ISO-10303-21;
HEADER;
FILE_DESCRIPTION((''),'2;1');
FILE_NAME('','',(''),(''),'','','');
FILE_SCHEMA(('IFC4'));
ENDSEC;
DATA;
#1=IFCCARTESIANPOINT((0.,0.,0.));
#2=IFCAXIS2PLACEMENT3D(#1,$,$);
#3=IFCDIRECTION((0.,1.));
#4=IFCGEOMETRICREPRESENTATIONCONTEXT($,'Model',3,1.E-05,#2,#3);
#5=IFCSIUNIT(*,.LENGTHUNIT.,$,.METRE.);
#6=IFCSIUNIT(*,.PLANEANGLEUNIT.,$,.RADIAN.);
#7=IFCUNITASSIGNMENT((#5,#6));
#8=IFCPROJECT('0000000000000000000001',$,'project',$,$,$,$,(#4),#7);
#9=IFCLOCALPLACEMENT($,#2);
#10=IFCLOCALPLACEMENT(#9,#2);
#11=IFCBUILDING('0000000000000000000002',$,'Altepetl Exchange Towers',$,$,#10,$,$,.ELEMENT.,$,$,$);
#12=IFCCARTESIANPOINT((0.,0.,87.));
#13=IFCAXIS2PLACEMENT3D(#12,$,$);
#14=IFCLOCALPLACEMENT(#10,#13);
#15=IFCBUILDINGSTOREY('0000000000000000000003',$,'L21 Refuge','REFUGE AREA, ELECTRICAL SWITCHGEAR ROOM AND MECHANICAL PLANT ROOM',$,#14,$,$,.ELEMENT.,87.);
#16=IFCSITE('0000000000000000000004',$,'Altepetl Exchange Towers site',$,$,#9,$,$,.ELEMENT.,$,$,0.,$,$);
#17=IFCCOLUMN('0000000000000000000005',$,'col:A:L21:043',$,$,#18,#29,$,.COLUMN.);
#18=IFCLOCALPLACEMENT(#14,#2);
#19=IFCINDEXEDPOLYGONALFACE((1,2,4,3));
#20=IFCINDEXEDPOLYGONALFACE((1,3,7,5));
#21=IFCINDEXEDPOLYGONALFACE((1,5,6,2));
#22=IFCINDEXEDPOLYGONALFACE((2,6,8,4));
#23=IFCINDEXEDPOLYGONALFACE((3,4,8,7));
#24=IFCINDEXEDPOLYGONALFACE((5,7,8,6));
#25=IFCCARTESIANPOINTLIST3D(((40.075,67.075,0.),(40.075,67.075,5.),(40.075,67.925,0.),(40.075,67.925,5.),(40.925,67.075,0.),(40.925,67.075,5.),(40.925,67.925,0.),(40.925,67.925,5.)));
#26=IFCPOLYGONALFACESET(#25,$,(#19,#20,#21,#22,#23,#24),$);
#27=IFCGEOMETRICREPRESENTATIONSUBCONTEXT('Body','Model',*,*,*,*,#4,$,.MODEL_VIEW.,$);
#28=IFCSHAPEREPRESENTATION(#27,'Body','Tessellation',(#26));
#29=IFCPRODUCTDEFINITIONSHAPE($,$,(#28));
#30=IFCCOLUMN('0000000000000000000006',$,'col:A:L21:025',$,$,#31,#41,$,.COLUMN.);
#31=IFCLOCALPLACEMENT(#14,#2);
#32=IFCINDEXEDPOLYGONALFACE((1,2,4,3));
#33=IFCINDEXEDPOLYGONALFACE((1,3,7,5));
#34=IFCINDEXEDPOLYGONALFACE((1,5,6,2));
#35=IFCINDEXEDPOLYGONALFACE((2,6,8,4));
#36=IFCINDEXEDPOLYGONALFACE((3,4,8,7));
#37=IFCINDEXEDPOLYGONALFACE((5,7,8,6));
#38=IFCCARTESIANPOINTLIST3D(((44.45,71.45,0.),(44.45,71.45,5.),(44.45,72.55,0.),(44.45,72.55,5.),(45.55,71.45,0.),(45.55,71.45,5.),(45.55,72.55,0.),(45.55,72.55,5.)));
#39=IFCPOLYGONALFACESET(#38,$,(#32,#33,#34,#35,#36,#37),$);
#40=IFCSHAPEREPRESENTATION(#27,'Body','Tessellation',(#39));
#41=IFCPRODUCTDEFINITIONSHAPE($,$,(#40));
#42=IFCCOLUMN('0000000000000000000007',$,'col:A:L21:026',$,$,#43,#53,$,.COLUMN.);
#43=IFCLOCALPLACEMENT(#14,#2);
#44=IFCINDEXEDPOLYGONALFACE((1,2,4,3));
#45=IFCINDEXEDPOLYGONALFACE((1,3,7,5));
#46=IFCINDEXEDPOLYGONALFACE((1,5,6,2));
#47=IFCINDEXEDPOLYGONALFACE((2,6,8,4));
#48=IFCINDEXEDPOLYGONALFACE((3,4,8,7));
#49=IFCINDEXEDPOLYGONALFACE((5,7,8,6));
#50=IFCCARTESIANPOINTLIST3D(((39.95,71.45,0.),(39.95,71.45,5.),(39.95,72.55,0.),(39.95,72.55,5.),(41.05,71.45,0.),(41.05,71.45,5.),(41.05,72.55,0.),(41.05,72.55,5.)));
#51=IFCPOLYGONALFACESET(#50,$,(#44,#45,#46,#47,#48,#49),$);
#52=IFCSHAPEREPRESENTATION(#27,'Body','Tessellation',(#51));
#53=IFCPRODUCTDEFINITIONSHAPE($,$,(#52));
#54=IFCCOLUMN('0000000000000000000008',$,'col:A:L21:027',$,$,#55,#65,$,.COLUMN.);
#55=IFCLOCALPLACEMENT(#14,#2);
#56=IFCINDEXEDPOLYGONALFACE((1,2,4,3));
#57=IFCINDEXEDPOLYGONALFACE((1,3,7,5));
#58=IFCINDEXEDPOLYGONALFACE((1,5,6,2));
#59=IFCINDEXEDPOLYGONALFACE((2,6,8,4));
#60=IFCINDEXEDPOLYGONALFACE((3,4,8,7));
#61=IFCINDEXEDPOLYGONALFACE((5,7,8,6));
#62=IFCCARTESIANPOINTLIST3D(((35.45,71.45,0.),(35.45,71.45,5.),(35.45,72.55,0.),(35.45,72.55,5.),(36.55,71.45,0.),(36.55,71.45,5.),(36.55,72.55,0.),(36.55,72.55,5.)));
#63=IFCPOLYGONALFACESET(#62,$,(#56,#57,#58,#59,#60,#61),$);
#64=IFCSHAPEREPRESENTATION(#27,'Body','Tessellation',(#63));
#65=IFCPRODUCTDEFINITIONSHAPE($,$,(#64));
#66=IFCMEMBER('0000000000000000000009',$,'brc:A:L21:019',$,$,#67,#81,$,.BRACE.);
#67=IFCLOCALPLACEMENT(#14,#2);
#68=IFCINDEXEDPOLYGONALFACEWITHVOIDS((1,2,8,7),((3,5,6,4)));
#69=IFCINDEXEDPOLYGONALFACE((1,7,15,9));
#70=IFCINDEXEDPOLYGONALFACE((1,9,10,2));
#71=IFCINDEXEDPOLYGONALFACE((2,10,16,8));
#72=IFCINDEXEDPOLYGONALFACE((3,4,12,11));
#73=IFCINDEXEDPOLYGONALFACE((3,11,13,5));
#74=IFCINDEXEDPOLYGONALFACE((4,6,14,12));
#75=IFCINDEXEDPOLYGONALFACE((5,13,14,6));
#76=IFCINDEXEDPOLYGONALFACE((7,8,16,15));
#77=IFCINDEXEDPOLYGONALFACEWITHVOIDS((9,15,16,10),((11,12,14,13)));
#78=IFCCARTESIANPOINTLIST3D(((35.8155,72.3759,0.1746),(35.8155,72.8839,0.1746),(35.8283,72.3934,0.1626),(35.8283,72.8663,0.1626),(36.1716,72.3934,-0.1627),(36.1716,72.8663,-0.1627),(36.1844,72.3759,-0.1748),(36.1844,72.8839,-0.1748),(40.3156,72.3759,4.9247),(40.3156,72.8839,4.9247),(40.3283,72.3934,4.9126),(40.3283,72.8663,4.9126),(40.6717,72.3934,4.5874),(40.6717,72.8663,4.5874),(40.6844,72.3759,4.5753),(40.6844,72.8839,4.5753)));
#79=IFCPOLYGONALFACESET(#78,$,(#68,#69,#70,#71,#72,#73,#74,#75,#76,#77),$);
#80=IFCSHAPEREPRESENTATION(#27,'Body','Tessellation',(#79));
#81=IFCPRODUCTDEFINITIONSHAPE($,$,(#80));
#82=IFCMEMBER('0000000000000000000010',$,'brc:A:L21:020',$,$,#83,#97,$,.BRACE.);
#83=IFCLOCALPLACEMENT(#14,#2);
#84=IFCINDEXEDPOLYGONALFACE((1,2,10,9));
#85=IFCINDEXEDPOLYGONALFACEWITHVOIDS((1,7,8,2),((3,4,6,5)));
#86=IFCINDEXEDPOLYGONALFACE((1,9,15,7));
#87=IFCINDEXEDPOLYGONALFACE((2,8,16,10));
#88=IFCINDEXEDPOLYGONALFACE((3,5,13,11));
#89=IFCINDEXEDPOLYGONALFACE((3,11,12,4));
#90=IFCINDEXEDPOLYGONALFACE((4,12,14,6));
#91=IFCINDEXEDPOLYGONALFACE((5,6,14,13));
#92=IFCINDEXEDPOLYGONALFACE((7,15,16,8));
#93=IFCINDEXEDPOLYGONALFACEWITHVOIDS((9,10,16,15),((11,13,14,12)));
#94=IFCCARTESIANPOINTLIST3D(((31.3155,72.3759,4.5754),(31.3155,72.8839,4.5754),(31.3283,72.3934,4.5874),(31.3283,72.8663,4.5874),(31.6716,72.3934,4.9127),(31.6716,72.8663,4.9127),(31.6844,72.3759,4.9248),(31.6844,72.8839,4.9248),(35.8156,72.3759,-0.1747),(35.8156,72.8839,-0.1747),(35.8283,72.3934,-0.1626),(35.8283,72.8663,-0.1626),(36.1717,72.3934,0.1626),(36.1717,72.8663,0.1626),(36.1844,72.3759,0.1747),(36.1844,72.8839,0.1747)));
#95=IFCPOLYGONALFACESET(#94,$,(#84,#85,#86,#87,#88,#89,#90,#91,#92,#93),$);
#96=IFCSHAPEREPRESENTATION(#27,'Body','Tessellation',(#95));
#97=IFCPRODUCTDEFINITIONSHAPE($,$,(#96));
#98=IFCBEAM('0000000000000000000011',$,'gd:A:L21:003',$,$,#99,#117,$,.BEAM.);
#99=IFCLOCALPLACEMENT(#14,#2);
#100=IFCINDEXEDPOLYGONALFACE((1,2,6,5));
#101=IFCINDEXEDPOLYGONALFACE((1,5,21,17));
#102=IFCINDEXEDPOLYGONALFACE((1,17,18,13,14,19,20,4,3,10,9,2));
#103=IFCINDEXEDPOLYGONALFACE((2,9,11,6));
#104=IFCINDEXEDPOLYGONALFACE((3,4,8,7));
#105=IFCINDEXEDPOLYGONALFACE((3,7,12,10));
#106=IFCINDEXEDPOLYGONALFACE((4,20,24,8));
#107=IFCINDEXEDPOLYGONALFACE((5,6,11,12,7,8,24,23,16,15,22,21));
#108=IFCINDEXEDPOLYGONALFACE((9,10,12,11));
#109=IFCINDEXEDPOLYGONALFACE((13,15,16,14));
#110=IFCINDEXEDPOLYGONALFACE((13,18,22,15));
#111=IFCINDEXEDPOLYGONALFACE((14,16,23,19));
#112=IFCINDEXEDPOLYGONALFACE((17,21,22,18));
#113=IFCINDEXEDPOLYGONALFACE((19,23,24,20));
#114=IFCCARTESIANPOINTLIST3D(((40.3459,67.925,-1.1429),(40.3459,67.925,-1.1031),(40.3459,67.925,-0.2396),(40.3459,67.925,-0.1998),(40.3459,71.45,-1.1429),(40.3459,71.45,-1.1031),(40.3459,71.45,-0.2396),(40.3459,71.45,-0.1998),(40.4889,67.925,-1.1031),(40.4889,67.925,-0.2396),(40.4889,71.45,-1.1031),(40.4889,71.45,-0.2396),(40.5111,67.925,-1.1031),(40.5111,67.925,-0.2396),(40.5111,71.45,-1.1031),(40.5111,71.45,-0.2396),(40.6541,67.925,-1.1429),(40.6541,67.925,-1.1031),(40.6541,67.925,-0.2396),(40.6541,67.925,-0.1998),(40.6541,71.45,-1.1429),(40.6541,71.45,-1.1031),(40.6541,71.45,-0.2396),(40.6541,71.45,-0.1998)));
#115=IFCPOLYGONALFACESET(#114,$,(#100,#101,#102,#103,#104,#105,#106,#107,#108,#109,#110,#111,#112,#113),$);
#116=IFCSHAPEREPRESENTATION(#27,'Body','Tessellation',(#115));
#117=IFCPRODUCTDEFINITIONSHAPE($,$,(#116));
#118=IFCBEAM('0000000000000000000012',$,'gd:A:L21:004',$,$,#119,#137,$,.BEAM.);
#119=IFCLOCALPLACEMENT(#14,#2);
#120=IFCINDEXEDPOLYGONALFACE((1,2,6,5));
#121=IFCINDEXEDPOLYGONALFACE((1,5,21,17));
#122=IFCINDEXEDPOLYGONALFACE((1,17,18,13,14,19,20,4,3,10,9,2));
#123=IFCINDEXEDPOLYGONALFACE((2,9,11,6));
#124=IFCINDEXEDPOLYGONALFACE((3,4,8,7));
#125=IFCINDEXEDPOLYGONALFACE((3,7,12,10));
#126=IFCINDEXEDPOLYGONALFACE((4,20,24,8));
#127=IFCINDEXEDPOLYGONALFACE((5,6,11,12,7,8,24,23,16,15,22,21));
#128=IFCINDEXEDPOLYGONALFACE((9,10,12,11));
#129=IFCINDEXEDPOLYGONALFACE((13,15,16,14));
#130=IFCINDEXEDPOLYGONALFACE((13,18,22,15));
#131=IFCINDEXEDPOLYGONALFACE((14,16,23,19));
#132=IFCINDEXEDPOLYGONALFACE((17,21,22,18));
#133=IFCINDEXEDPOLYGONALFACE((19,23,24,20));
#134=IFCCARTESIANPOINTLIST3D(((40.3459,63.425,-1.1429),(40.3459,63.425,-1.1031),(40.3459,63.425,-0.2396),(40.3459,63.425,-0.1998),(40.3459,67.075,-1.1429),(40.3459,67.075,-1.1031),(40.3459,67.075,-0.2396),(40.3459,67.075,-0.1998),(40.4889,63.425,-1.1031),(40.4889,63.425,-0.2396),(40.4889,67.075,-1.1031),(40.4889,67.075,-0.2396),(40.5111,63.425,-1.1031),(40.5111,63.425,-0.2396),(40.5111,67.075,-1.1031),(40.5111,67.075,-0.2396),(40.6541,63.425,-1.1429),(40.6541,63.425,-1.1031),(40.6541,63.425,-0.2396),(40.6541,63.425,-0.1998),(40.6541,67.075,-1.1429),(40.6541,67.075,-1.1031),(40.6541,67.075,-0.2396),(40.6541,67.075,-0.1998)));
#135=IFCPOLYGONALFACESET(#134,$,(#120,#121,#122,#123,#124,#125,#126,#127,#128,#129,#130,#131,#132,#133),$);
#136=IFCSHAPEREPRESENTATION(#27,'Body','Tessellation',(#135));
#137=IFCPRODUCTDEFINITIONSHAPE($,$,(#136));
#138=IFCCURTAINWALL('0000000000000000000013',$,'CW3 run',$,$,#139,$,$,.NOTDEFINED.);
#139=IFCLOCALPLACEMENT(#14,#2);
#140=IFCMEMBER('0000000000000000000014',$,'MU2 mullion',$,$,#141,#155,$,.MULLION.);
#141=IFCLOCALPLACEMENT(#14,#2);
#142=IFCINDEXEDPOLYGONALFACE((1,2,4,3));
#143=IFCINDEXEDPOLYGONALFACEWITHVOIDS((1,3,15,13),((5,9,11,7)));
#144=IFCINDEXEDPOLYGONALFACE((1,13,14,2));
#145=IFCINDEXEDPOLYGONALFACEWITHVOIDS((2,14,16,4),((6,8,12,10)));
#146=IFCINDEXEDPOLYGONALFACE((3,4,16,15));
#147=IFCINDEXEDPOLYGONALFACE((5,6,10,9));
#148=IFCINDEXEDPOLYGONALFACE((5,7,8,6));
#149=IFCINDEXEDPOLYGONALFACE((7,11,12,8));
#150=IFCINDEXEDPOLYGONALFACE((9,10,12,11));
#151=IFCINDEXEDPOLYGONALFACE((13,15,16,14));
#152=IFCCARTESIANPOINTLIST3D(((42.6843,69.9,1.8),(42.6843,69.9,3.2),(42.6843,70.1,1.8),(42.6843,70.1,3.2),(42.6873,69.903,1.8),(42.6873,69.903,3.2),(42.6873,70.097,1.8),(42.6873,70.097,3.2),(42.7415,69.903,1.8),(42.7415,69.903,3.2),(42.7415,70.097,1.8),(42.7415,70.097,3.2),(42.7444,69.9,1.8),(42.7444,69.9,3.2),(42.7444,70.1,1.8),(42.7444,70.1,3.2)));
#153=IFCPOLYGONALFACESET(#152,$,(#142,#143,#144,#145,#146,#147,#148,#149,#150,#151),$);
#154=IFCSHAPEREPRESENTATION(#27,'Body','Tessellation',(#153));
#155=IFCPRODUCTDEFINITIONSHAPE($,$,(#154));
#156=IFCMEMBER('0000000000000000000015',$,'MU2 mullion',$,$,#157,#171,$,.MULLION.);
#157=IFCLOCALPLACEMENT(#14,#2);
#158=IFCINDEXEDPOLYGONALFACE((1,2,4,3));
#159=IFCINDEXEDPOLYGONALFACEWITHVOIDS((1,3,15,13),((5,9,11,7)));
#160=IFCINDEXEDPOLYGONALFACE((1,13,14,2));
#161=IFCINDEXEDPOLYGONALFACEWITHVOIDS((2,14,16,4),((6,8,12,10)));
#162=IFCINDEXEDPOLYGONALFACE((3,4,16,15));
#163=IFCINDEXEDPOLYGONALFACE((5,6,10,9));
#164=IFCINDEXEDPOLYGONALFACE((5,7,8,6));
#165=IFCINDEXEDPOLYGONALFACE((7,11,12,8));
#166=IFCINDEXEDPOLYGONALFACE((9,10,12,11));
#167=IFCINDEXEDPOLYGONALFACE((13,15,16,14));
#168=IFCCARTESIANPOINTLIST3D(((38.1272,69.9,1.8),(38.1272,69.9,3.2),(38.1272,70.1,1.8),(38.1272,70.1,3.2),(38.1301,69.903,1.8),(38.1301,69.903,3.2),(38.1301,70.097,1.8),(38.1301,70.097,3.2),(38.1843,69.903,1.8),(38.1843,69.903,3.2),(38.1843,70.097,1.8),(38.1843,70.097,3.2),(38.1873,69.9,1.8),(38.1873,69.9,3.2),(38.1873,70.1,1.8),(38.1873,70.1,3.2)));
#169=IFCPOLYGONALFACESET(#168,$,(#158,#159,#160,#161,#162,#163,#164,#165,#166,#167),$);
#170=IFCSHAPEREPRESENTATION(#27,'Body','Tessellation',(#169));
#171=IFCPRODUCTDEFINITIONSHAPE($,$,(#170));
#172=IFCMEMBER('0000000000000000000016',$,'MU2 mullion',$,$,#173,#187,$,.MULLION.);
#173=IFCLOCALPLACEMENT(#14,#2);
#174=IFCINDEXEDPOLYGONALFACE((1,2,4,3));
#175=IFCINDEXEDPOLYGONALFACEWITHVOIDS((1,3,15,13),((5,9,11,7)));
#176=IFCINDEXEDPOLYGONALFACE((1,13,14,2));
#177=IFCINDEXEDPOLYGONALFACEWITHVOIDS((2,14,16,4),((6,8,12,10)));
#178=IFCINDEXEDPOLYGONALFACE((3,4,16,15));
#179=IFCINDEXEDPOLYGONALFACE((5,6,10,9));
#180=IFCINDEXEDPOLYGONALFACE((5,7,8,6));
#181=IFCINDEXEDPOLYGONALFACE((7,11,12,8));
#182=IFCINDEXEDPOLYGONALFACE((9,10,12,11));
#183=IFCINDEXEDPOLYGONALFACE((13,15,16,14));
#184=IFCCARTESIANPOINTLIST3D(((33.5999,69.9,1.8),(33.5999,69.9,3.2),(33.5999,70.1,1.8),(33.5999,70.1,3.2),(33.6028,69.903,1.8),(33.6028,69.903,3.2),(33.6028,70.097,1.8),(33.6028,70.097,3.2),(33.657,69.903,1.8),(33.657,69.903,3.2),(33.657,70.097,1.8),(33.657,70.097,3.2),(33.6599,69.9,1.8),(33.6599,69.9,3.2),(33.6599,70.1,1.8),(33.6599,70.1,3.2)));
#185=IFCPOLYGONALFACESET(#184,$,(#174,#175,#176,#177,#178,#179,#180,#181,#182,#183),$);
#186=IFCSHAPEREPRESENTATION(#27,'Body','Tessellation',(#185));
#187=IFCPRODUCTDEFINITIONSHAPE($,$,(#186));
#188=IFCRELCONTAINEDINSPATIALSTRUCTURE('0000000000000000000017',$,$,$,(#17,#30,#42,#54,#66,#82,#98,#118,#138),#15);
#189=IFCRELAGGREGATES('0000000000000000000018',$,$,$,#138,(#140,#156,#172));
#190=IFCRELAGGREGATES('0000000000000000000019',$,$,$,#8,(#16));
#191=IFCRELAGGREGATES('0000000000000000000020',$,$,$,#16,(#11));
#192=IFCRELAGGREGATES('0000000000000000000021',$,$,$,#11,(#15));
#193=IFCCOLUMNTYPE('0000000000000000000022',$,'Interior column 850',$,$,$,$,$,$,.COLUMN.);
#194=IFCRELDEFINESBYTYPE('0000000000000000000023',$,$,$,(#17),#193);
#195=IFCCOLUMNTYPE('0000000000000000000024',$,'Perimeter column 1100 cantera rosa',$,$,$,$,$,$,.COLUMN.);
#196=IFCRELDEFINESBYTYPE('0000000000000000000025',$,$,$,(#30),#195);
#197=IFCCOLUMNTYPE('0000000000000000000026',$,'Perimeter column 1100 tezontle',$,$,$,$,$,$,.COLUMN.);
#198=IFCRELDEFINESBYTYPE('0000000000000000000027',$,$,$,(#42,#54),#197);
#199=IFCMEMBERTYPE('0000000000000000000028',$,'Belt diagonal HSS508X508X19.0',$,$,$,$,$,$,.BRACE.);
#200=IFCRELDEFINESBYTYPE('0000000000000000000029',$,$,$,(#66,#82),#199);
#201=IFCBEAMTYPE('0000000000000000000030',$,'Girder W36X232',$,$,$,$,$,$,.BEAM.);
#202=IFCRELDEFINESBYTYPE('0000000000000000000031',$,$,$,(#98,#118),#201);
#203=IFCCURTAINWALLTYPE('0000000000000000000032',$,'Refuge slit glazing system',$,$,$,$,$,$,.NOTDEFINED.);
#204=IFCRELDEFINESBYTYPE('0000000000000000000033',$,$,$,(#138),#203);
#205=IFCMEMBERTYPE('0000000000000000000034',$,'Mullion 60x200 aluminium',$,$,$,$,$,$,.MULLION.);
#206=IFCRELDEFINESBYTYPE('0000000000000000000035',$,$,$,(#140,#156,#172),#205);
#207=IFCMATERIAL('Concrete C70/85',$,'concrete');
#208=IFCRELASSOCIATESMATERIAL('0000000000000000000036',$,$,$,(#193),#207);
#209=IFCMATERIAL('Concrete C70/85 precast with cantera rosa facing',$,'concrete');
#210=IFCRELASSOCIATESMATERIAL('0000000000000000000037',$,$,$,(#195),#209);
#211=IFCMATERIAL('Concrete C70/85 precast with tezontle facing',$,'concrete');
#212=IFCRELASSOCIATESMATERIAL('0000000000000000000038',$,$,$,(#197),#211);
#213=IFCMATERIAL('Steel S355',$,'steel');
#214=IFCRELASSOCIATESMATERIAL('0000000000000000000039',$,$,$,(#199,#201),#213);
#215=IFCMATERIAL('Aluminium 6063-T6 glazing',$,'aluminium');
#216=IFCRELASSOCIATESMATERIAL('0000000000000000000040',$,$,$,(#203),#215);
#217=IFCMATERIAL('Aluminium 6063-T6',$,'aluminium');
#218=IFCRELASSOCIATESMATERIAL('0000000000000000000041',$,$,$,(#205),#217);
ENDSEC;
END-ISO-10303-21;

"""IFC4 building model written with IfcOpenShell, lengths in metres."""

from ifc_helpers import new_model, si_unit, direction, frame, origin, origin_2d, place, context, subcontext, project, spatial, rectangle, hollow_rectangle, i_section, extrude, material, material_profile, profile_set, type_object, element, aggregate, save


model = new_model("IFC4")

# Units and contexts
model_context = context("Model", 3, precision=1e-05, world=origin(), true_north=direction((0.0, 1.0)))
body_context = subcontext(model_context, "Body", "Model", "MODEL_VIEW")
ifc_project = project(units=[si_unit("LENGTHUNIT", "METRE"), si_unit("PLANEANGLEUNIT", "RADIAN")], contexts=[model_context])

# Site, building, storey
site_placement = place(None, origin())
site = spatial("IfcSite", under=ifc_project, at=site_placement, Name="Altepetl Exchange Towers site", CompositionType="ELEMENT", RefElevation=0.0)
building_placement = place(site_placement, origin())
building = spatial("IfcBuilding", under=site, at=building_placement, Name="Altepetl Exchange Towers", CompositionType="ELEMENT")
storey_placement = place(building_placement, frame((0.0, 0.0, 87.0)))
storey = spatial("IfcBuildingStorey", under=building, at=storey_placement, Name="L21 Refuge", Description="REFUGE AREA, ELECTRICAL SWITCHGEAR ROOM AND MECHANICAL PLANT ROOM", CompositionType="ELEMENT", Elevation=87.0)

# Columns
ifc_material_1 = material(Name="Concrete C70/85", Category="concrete")
ifc_material_profile_1 = material_profile(ifc_material_1, rectangle(XDim=0.8501, YDim=0.8501, at=origin_2d()), Name="850 x 850")
ifc_profile_set_1 = profile_set([ifc_material_profile_1], Name="Concrete C70/85")
column_type_1 = type_object("IfcColumnType", Name="Interior column 850", PredefinedType="COLUMN", material=ifc_profile_set_1)
column_1_placement = place(storey_placement, frame((40.5, 67.5, 0.0)))
element("IfcColumn", 1, at=column_1_placement, inside=storey, type_object=column_type_1, Name="col:A:L21:043", PredefinedType="COLUMN", context=body_context, shape_type="SweptSolid", body=[
    extrude(rectangle(XDim=0.8501, YDim=0.8501, at=origin_2d()), origin(), (0.0, 0.0, 1.0), 5.0),
])
ifc_material_2 = material(Name="Concrete C70/85 precast with cantera rosa facing", Category="concrete")
ifc_material_profile_2 = material_profile(ifc_material_2, rectangle(XDim=1.1001, YDim=1.1001, at=origin_2d()), Name="1100 x 1100")
ifc_profile_set_2 = profile_set([ifc_material_profile_2], Name="Concrete C70/85 precast with cantera rosa facing")
column_type_2 = type_object("IfcColumnType", Name="Perimeter column 1100 cantera rosa", PredefinedType="COLUMN", material=ifc_profile_set_2)
column_2_placement = place(storey_placement, frame((45.0, 72.0, 0.0)))
element("IfcColumn", 2, at=column_2_placement, inside=storey, type_object=column_type_2, Name="col:A:L21:025", PredefinedType="COLUMN", context=body_context, shape_type="SweptSolid", body=[
    extrude(rectangle(XDim=1.1001, YDim=1.1001, at=origin_2d()), origin(), (0.0, 0.0, 1.0), 5.0),
])
ifc_material_3 = material(Name="Concrete C70/85 precast with tezontle facing", Category="concrete")
ifc_material_profile_3 = material_profile(ifc_material_3, rectangle(XDim=1.1001, YDim=1.1001, at=origin_2d()), Name="1100 x 1100")
ifc_profile_set_3 = profile_set([ifc_material_profile_3], Name="Concrete C70/85 precast with tezontle facing")
column_type_3 = type_object("IfcColumnType", Name="Perimeter column 1100 tezontle", PredefinedType="COLUMN", material=ifc_profile_set_3)
for number, where, name in (
    (3, (40.5, 72.0, 0.0), "col:A:L21:026"),
    (4, (36.0, 72.0, 0.0), "col:A:L21:027"),
):
    element("IfcColumn", number, at=place(storey_placement, frame(where)), inside=storey, type_object=column_type_3, Name=name, PredefinedType="COLUMN", context=body_context, shape_type="SweptSolid", body=[
        extrude(rectangle(XDim=1.1001, YDim=1.1001, at=origin_2d()), origin(), (0.0, 0.0, 1.0), 5.0),
    ])

# Members
ifc_material_4 = material(Name="Steel S355", Category="steel")
ifc_material_profile_4 = material_profile(ifc_material_4, hollow_rectangle(XDim=0.5081, YDim=0.5081, WallThickness=0.0176, at=origin_2d()), Name="HSS508X508X19.0")
ifc_profile_set_4 = profile_set([ifc_material_profile_4], Name="Steel S355")
member_type_1 = type_object("IfcMemberType", Name="Belt diagonal HSS508X508X19.0", PredefinedType="BRACE", material=ifc_profile_set_4)
for number, where, z_axis, x_axis, name in (
    (5, (40.5, 72.6299, 4.75), (-0.687745, 0.0, -0.725953), (0.0, -1.0, 0.0), "brc:A:L21:019"),
    (6, (36.0, 72.6299, 0.0), (-0.687745, 0.0, 0.725953), (0.0, -1.0, 0.0), "brc:A:L21:020"),
):
    element("IfcMember", number, at=place(storey_placement, frame(where, z_axis=z_axis, x_axis=x_axis)), inside=storey, type_object=member_type_1, Name=name, PredefinedType="BRACE", context=body_context, shape_type="SweptSolid", body=[
        extrude(hollow_rectangle(XDim=0.5081, YDim=0.5081, WallThickness=0.0176, at=origin_2d()), origin(), (0.0, 0.0, 1.0), 6.5432),
    ])

# Beams
ifc_material_profile_5 = material_profile(ifc_material_4, i_section(OverallWidth=0.3081, OverallDepth=0.9431, WebThickness=0.0222, FlangeThickness=0.0398, at=origin_2d()), Name="W36X232")
ifc_profile_set_5 = profile_set([ifc_material_profile_5], Name="Steel S355")
beam_type_1 = type_object("IfcBeamType", Name="Girder W36X232", PredefinedType="BEAM", material=ifc_profile_set_5)
beam_1_placement = place(storey_placement, frame((40.5, 71.45, -0.6714), z_axis=(0.0, -1.0, 0.0), x_axis=(1.0, 0.0, 0.0)))
element("IfcBeam", 7, at=beam_1_placement, inside=storey, type_object=beam_type_1, Name="gd:A:L21:003", PredefinedType="BEAM", context=body_context, shape_type="SweptSolid", body=[
    extrude(i_section(OverallWidth=0.3081, OverallDepth=0.9431, WebThickness=0.0222, FlangeThickness=0.0398, at=origin_2d()), origin(), (0.0, 0.0, 1.0), 3.5249),
])
beam_2_placement = place(storey_placement, frame((40.5, 67.075, -0.6714), z_axis=(0.0, -1.0, 0.0), x_axis=(1.0, 0.0, 0.0)))
element("IfcBeam", 8, at=beam_2_placement, inside=storey, type_object=beam_type_1, Name="gd:A:L21:004", PredefinedType="BEAM", context=body_context, shape_type="SweptSolid", body=[
    extrude(i_section(OverallWidth=0.3081, OverallDepth=0.9431, WebThickness=0.0222, FlangeThickness=0.0398, at=origin_2d()), origin(), (0.0, 0.0, 1.0), 3.6499),
])

# Curtain wall, members
ifc_material_5 = material(Name="Aluminium 6063-T6 glazing", Category="aluminium")
curtain_wall_type = type_object("IfcCurtainWallType", Name="Refuge slit glazing system", PredefinedType="NOTDEFINED", material=ifc_material_5)
curtain_wall_1_placement = place(storey_placement, origin())
curtain_wall_1 = element("IfcCurtainWall", 9, at=curtain_wall_1_placement, inside=storey, type_object=curtain_wall_type, Name="CW3 run", PredefinedType="NOTDEFINED")
ifc_material_6 = material(Name="Aluminium 6063-T6", Category="aluminium")
ifc_material_profile_6 = material_profile(ifc_material_6, hollow_rectangle(XDim=0.0601, YDim=0.2, WallThickness=0.0029, at=origin_2d()), Name="Mullion 60x200 aluminium")
ifc_profile_set_6 = profile_set([ifc_material_profile_6], Name="Aluminium 6063-T6")
member_type_2 = type_object("IfcMemberType", Name="Mullion 60x200 aluminium", PredefinedType="MULLION", material=ifc_profile_set_6)
member_1_placement = place(storey_placement, frame((42.7144, 70.0, 1.8), z_axis=(0.0, 0.0, 1.0), x_axis=(-1.0, 0.0, 0.0)))
member_1 = element("IfcMember", 10, at=member_1_placement, type_object=member_type_2, Name="MU2 mullion", PredefinedType="MULLION", context=body_context, shape_type="SweptSolid", body=[
    extrude(hollow_rectangle(XDim=0.0601, YDim=0.2, WallThickness=0.0029, at=origin_2d()), origin(), (0.0, 0.0, 1.0), 1.3999),
])
member_2_placement = place(storey_placement, frame((38.1572, 70.0, 1.8), z_axis=(0.0, 0.0, 1.0), x_axis=(-1.0, 0.0, 0.0)))
member_2 = element("IfcMember", 11, at=member_2_placement, type_object=member_type_2, Name="MU2 mullion", PredefinedType="MULLION", context=body_context, shape_type="SweptSolid", body=[
    extrude(hollow_rectangle(XDim=0.0601, YDim=0.2, WallThickness=0.0029, at=origin_2d()), origin(), (0.0, 0.0, 1.0), 1.3999),
])
member_3_placement = place(storey_placement, frame((33.6299, 70.0, 1.8), z_axis=(0.0, 0.0, 1.0), x_axis=(-1.0, 0.0, 0.0)))
member_3 = element("IfcMember", 12, at=member_3_placement, type_object=member_type_2, Name="MU2 mullion", PredefinedType="MULLION", context=body_context, shape_type="SweptSolid", body=[
    extrude(hollow_rectangle(XDim=0.0601, YDim=0.2, WallThickness=0.0029, at=origin_2d()), origin(), (0.0, 0.0, 1.0), 1.3999),
])

aggregate(curtain_wall_1, [member_1, member_2, member_3])

save(model, "model.ifc")
